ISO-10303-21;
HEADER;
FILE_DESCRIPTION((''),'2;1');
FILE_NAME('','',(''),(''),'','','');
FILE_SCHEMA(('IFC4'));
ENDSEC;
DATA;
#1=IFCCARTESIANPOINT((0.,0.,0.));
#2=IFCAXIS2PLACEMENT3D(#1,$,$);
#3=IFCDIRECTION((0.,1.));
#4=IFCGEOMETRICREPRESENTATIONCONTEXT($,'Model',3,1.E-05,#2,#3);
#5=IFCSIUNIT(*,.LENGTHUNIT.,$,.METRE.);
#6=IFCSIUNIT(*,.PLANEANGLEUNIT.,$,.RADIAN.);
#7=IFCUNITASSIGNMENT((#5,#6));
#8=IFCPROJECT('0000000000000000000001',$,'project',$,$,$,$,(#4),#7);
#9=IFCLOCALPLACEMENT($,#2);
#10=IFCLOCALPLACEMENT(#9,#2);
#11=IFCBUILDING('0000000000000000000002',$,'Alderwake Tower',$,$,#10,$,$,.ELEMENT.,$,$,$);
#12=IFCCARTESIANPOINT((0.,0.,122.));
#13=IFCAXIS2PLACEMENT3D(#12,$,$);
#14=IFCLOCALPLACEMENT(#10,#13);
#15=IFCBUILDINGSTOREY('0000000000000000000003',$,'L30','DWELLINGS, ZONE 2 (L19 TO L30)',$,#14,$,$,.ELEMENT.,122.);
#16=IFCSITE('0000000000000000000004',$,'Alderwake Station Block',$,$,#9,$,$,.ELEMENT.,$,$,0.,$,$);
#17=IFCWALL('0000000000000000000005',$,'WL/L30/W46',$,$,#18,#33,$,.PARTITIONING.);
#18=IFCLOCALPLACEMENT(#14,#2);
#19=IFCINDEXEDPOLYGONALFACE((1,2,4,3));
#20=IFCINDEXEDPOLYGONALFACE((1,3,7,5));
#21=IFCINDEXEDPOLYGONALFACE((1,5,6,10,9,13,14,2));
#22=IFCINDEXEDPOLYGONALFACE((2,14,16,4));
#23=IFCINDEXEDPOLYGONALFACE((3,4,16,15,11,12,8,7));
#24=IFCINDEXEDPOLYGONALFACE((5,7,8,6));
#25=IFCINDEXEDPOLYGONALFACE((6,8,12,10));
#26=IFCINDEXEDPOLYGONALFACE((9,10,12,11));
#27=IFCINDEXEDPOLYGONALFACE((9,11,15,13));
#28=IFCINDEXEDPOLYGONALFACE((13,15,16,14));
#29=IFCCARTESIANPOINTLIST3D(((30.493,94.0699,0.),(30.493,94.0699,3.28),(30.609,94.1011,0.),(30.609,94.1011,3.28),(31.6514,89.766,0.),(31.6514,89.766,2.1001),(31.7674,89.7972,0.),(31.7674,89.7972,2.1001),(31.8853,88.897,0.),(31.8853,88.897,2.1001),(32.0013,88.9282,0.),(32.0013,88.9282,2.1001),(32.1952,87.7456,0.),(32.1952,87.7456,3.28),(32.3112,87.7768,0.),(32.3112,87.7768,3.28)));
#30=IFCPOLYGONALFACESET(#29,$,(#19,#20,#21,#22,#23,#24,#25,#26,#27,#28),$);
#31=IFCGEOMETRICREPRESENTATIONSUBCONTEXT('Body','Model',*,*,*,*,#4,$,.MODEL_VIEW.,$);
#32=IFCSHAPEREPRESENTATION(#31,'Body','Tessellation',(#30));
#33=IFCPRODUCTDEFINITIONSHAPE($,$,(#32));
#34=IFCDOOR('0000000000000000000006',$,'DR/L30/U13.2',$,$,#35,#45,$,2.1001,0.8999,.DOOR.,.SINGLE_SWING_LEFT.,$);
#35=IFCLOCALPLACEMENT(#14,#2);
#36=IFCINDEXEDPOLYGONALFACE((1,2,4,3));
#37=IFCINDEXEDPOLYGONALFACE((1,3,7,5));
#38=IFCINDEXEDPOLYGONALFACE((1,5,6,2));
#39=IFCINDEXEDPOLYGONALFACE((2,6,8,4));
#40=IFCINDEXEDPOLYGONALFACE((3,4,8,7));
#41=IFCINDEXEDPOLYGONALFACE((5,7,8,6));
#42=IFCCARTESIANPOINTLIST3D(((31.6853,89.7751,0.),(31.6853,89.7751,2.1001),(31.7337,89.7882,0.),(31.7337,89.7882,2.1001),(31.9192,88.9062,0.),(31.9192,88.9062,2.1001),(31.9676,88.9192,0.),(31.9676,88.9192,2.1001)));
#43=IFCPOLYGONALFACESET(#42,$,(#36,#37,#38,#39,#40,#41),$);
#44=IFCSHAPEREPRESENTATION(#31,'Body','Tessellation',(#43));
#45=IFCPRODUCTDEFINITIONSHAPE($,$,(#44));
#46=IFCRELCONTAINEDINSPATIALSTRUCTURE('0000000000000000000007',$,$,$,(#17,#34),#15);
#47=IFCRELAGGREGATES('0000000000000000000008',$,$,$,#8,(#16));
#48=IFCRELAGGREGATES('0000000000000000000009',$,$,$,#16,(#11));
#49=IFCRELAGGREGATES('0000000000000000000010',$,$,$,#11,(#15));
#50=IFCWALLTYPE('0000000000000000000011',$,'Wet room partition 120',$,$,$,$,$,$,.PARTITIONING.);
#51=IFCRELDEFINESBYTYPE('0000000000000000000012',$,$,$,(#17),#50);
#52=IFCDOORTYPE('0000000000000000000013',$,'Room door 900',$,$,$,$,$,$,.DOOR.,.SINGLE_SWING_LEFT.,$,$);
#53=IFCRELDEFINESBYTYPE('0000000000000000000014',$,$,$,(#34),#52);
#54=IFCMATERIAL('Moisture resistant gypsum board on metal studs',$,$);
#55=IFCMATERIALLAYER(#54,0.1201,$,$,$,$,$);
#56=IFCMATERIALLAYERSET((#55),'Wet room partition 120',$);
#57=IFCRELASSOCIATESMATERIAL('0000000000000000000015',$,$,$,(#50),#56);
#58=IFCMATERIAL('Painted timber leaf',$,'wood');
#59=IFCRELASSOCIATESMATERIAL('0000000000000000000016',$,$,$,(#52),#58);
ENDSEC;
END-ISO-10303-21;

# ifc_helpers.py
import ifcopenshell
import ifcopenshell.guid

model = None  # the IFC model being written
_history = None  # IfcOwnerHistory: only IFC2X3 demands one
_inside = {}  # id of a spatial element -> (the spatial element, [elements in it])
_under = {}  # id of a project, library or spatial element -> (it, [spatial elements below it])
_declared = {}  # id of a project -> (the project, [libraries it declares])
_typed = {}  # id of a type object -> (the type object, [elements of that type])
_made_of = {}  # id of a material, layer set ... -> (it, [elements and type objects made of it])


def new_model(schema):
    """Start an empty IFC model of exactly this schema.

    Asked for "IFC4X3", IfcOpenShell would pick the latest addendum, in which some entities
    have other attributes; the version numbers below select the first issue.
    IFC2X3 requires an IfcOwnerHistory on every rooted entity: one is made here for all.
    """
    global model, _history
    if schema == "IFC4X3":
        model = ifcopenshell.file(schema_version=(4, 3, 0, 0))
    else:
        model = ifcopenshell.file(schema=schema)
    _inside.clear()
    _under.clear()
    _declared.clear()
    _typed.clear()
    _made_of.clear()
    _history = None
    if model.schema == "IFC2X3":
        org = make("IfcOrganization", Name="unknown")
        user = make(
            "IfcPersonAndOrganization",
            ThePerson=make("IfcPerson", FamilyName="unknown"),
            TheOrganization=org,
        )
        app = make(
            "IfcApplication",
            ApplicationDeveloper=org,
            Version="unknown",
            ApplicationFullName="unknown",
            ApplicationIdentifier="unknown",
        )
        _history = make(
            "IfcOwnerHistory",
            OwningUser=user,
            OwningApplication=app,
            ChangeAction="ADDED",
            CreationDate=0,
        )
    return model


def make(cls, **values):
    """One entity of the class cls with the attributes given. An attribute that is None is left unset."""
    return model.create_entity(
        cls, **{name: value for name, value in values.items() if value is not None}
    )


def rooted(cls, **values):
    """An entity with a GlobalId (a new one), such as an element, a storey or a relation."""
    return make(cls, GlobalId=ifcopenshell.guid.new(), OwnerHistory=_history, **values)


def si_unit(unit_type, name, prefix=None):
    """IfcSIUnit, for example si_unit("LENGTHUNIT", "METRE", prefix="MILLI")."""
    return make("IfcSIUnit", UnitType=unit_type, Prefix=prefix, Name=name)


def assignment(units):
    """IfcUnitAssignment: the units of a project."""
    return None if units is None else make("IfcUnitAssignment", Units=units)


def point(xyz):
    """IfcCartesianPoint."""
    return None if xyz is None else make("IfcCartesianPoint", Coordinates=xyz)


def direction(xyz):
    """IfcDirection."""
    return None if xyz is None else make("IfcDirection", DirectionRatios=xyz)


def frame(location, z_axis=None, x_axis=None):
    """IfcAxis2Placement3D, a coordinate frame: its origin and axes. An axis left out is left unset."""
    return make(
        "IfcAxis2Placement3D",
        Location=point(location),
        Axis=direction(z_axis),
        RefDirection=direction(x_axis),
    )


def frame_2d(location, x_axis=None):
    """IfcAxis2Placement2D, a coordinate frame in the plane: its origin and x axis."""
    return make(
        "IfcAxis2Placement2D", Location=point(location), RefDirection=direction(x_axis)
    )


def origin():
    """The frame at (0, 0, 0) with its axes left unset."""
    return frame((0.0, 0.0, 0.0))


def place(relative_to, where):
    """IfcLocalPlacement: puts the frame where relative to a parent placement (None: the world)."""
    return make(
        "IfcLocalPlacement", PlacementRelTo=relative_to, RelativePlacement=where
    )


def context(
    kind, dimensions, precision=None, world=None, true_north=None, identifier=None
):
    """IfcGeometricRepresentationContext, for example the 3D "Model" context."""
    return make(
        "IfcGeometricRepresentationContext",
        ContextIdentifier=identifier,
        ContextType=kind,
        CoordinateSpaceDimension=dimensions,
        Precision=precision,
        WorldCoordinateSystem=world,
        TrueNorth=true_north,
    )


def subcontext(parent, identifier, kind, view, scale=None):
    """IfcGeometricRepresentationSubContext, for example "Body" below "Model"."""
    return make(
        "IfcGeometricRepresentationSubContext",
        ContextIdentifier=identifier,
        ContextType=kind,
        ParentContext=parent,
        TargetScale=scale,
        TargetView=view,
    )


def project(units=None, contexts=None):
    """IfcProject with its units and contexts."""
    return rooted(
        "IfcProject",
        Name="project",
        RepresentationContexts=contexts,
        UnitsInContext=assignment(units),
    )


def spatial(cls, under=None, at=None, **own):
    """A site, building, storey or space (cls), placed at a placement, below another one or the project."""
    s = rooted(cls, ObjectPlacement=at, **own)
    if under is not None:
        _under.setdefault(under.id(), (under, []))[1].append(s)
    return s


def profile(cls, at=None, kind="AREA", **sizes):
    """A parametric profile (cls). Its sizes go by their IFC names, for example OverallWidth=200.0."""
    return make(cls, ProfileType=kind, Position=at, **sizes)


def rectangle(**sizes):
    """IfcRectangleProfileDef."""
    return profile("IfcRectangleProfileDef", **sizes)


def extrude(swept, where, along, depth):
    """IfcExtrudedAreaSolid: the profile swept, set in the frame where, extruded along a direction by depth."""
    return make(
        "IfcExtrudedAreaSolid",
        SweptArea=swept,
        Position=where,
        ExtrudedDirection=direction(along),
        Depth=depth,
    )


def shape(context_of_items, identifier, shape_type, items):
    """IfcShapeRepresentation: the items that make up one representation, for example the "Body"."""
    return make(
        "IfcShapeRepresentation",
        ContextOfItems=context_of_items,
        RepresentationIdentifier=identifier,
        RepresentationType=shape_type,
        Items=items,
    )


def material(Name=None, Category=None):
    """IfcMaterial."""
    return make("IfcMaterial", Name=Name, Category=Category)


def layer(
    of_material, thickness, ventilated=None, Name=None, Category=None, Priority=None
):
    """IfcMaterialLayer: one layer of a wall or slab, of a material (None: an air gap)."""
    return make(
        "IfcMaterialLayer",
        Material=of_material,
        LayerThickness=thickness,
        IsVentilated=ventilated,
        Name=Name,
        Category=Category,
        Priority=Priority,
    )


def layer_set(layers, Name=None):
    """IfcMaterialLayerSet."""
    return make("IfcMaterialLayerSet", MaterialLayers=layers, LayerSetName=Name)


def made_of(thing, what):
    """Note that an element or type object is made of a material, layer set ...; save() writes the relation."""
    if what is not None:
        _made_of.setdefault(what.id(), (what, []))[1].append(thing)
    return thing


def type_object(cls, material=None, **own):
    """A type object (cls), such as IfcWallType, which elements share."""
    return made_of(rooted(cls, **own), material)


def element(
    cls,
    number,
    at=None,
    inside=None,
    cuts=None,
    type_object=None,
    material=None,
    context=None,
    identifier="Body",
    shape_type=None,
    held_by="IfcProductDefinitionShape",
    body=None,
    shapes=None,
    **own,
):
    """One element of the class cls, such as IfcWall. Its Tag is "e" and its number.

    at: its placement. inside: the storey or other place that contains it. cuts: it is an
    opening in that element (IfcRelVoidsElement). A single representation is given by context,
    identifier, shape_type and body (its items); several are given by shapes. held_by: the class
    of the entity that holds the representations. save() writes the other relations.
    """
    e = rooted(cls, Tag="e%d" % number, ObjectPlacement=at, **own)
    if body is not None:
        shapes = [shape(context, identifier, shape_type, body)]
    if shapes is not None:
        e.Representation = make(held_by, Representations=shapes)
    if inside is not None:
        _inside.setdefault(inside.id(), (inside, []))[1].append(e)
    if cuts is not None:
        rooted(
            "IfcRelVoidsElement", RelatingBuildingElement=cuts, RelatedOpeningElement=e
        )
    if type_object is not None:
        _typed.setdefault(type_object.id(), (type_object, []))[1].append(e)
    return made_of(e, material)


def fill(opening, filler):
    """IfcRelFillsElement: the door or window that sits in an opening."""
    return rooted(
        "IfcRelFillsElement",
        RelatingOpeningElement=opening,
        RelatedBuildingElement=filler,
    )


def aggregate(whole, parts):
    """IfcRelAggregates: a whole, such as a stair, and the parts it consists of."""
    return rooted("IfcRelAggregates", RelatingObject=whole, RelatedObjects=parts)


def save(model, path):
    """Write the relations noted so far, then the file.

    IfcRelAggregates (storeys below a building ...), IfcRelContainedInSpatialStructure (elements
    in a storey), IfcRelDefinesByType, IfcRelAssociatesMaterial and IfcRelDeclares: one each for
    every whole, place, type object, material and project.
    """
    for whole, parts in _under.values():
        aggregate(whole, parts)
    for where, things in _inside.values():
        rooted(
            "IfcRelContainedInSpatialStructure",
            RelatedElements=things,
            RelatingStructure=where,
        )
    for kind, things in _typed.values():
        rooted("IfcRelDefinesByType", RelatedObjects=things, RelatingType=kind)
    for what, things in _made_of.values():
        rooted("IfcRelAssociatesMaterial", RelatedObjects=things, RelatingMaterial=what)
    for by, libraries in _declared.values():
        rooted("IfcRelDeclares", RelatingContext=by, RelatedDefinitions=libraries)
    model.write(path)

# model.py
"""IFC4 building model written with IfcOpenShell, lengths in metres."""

from ifc_helpers import new_model, si_unit, direction, frame, frame_2d, origin, place, context, subcontext, project, spatial, rectangle, extrude, material, layer, layer_set, type_object, element, fill, save


model = new_model("IFC4")

# Units and contexts
model_context = context("Model", 3, precision=1e-05, world=origin(), true_north=direction((0.0, 1.0)))
body_context = subcontext(model_context, "Body", "Model", "MODEL_VIEW")
ifc_project = project(units=[si_unit("LENGTHUNIT", "METRE"), si_unit("PLANEANGLEUNIT", "RADIAN")], contexts=[model_context])

# Site, building, storey
site_placement = place(None, origin())
site = spatial("IfcSite", under=ifc_project, at=site_placement, Name="Alderwake Station Block", CompositionType="ELEMENT", RefElevation=0.0)
building_placement = place(site_placement, origin())
building = spatial("IfcBuilding", under=site, at=building_placement, Name="Alderwake Tower", CompositionType="ELEMENT")
storey_placement = place(building_placement, frame((0.0, 0.0, 122.0)))
storey = spatial("IfcBuildingStorey", under=building, at=storey_placement, Name="L30", Description="DWELLINGS, ZONE 2 (L19 TO L30)", CompositionType="ELEMENT", Elevation=122.0)

# Shared definitions
ifc_material_1 = material(Name="Moisture resistant gypsum board on metal studs")
ifc_layer_1 = layer(ifc_material_1, 0.1201)
ifc_layer_set_1 = layer_set([ifc_layer_1], Name="Wet room partition 120")
wall_type_1 = type_object("IfcWallType", Name="Wet room partition 120", PredefinedType="PARTITIONING", material=ifc_layer_set_1)

# Wall, opening, door
wall_1_placement = place(storey_placement, frame((32.2532, 87.7612, 0.0), z_axis=(0.0, 0.0, 1.0), x_axis=(-0.259899, 0.965636, 0.0)))
wall_1 = element("IfcWall", 1, at=wall_1_placement, inside=storey, type_object=wall_type_1, Name="WL/L30/W46", PredefinedType="PARTITIONING", context=body_context, shape_type="SweptSolid", body=[
    extrude(rectangle(XDim=6.5493, YDim=0.1201, at=frame_2d((3.2747, 0.0))), origin(), (0.0, 0.0, 1.0), 3.28),
])
opening_1_placement = place(wall_1_placement, frame((1.1924, 0.0, 0.0)))
opening_1 = element("IfcOpeningElement", 2, at=opening_1_placement, cuts=wall_1, PredefinedType="OPENING", context=body_context, shape_type="SweptSolid", body=[
    extrude(rectangle(XDim=0.8999, YDim=2.1001, at=frame_2d((0.45, 1.05))), frame((0.0, 0.0701, 0.0), z_axis=(0.0, -1.0, 0.0), x_axis=(1.0, 0.0, 0.0)), (0.0, 0.0, 1.0), 0.1401),
])
ifc_material_2 = material(Name="Painted timber leaf", Category="wood")
door_type_1 = type_object("IfcDoorType", Name="Room door 900", OperationType="SINGLE_SWING_LEFT", PredefinedType="DOOR", material=ifc_material_2)
door_1_placement = place(opening_1_placement, origin())
door_1 = element("IfcDoor", 3, at=door_1_placement, inside=storey, type_object=door_type_1, Name="DR/L30/U13.2", OperationType="SINGLE_SWING_LEFT", OverallHeight=2.1001, OverallWidth=0.8999, PredefinedType="DOOR", context=body_context, shape_type="SweptSolid", body=[
    extrude(rectangle(XDim=0.8999, YDim=2.1001, at=frame_2d((0.45, 1.05))), frame((0.0, 0.0249, 0.0), z_axis=(0.0, -1.0, 0.0), x_axis=(1.0, 0.0, 0.0)), (0.0, 0.0, 1.0), 0.05),
])
fill(opening_1, door_1)

save(model, "model.ifc")
